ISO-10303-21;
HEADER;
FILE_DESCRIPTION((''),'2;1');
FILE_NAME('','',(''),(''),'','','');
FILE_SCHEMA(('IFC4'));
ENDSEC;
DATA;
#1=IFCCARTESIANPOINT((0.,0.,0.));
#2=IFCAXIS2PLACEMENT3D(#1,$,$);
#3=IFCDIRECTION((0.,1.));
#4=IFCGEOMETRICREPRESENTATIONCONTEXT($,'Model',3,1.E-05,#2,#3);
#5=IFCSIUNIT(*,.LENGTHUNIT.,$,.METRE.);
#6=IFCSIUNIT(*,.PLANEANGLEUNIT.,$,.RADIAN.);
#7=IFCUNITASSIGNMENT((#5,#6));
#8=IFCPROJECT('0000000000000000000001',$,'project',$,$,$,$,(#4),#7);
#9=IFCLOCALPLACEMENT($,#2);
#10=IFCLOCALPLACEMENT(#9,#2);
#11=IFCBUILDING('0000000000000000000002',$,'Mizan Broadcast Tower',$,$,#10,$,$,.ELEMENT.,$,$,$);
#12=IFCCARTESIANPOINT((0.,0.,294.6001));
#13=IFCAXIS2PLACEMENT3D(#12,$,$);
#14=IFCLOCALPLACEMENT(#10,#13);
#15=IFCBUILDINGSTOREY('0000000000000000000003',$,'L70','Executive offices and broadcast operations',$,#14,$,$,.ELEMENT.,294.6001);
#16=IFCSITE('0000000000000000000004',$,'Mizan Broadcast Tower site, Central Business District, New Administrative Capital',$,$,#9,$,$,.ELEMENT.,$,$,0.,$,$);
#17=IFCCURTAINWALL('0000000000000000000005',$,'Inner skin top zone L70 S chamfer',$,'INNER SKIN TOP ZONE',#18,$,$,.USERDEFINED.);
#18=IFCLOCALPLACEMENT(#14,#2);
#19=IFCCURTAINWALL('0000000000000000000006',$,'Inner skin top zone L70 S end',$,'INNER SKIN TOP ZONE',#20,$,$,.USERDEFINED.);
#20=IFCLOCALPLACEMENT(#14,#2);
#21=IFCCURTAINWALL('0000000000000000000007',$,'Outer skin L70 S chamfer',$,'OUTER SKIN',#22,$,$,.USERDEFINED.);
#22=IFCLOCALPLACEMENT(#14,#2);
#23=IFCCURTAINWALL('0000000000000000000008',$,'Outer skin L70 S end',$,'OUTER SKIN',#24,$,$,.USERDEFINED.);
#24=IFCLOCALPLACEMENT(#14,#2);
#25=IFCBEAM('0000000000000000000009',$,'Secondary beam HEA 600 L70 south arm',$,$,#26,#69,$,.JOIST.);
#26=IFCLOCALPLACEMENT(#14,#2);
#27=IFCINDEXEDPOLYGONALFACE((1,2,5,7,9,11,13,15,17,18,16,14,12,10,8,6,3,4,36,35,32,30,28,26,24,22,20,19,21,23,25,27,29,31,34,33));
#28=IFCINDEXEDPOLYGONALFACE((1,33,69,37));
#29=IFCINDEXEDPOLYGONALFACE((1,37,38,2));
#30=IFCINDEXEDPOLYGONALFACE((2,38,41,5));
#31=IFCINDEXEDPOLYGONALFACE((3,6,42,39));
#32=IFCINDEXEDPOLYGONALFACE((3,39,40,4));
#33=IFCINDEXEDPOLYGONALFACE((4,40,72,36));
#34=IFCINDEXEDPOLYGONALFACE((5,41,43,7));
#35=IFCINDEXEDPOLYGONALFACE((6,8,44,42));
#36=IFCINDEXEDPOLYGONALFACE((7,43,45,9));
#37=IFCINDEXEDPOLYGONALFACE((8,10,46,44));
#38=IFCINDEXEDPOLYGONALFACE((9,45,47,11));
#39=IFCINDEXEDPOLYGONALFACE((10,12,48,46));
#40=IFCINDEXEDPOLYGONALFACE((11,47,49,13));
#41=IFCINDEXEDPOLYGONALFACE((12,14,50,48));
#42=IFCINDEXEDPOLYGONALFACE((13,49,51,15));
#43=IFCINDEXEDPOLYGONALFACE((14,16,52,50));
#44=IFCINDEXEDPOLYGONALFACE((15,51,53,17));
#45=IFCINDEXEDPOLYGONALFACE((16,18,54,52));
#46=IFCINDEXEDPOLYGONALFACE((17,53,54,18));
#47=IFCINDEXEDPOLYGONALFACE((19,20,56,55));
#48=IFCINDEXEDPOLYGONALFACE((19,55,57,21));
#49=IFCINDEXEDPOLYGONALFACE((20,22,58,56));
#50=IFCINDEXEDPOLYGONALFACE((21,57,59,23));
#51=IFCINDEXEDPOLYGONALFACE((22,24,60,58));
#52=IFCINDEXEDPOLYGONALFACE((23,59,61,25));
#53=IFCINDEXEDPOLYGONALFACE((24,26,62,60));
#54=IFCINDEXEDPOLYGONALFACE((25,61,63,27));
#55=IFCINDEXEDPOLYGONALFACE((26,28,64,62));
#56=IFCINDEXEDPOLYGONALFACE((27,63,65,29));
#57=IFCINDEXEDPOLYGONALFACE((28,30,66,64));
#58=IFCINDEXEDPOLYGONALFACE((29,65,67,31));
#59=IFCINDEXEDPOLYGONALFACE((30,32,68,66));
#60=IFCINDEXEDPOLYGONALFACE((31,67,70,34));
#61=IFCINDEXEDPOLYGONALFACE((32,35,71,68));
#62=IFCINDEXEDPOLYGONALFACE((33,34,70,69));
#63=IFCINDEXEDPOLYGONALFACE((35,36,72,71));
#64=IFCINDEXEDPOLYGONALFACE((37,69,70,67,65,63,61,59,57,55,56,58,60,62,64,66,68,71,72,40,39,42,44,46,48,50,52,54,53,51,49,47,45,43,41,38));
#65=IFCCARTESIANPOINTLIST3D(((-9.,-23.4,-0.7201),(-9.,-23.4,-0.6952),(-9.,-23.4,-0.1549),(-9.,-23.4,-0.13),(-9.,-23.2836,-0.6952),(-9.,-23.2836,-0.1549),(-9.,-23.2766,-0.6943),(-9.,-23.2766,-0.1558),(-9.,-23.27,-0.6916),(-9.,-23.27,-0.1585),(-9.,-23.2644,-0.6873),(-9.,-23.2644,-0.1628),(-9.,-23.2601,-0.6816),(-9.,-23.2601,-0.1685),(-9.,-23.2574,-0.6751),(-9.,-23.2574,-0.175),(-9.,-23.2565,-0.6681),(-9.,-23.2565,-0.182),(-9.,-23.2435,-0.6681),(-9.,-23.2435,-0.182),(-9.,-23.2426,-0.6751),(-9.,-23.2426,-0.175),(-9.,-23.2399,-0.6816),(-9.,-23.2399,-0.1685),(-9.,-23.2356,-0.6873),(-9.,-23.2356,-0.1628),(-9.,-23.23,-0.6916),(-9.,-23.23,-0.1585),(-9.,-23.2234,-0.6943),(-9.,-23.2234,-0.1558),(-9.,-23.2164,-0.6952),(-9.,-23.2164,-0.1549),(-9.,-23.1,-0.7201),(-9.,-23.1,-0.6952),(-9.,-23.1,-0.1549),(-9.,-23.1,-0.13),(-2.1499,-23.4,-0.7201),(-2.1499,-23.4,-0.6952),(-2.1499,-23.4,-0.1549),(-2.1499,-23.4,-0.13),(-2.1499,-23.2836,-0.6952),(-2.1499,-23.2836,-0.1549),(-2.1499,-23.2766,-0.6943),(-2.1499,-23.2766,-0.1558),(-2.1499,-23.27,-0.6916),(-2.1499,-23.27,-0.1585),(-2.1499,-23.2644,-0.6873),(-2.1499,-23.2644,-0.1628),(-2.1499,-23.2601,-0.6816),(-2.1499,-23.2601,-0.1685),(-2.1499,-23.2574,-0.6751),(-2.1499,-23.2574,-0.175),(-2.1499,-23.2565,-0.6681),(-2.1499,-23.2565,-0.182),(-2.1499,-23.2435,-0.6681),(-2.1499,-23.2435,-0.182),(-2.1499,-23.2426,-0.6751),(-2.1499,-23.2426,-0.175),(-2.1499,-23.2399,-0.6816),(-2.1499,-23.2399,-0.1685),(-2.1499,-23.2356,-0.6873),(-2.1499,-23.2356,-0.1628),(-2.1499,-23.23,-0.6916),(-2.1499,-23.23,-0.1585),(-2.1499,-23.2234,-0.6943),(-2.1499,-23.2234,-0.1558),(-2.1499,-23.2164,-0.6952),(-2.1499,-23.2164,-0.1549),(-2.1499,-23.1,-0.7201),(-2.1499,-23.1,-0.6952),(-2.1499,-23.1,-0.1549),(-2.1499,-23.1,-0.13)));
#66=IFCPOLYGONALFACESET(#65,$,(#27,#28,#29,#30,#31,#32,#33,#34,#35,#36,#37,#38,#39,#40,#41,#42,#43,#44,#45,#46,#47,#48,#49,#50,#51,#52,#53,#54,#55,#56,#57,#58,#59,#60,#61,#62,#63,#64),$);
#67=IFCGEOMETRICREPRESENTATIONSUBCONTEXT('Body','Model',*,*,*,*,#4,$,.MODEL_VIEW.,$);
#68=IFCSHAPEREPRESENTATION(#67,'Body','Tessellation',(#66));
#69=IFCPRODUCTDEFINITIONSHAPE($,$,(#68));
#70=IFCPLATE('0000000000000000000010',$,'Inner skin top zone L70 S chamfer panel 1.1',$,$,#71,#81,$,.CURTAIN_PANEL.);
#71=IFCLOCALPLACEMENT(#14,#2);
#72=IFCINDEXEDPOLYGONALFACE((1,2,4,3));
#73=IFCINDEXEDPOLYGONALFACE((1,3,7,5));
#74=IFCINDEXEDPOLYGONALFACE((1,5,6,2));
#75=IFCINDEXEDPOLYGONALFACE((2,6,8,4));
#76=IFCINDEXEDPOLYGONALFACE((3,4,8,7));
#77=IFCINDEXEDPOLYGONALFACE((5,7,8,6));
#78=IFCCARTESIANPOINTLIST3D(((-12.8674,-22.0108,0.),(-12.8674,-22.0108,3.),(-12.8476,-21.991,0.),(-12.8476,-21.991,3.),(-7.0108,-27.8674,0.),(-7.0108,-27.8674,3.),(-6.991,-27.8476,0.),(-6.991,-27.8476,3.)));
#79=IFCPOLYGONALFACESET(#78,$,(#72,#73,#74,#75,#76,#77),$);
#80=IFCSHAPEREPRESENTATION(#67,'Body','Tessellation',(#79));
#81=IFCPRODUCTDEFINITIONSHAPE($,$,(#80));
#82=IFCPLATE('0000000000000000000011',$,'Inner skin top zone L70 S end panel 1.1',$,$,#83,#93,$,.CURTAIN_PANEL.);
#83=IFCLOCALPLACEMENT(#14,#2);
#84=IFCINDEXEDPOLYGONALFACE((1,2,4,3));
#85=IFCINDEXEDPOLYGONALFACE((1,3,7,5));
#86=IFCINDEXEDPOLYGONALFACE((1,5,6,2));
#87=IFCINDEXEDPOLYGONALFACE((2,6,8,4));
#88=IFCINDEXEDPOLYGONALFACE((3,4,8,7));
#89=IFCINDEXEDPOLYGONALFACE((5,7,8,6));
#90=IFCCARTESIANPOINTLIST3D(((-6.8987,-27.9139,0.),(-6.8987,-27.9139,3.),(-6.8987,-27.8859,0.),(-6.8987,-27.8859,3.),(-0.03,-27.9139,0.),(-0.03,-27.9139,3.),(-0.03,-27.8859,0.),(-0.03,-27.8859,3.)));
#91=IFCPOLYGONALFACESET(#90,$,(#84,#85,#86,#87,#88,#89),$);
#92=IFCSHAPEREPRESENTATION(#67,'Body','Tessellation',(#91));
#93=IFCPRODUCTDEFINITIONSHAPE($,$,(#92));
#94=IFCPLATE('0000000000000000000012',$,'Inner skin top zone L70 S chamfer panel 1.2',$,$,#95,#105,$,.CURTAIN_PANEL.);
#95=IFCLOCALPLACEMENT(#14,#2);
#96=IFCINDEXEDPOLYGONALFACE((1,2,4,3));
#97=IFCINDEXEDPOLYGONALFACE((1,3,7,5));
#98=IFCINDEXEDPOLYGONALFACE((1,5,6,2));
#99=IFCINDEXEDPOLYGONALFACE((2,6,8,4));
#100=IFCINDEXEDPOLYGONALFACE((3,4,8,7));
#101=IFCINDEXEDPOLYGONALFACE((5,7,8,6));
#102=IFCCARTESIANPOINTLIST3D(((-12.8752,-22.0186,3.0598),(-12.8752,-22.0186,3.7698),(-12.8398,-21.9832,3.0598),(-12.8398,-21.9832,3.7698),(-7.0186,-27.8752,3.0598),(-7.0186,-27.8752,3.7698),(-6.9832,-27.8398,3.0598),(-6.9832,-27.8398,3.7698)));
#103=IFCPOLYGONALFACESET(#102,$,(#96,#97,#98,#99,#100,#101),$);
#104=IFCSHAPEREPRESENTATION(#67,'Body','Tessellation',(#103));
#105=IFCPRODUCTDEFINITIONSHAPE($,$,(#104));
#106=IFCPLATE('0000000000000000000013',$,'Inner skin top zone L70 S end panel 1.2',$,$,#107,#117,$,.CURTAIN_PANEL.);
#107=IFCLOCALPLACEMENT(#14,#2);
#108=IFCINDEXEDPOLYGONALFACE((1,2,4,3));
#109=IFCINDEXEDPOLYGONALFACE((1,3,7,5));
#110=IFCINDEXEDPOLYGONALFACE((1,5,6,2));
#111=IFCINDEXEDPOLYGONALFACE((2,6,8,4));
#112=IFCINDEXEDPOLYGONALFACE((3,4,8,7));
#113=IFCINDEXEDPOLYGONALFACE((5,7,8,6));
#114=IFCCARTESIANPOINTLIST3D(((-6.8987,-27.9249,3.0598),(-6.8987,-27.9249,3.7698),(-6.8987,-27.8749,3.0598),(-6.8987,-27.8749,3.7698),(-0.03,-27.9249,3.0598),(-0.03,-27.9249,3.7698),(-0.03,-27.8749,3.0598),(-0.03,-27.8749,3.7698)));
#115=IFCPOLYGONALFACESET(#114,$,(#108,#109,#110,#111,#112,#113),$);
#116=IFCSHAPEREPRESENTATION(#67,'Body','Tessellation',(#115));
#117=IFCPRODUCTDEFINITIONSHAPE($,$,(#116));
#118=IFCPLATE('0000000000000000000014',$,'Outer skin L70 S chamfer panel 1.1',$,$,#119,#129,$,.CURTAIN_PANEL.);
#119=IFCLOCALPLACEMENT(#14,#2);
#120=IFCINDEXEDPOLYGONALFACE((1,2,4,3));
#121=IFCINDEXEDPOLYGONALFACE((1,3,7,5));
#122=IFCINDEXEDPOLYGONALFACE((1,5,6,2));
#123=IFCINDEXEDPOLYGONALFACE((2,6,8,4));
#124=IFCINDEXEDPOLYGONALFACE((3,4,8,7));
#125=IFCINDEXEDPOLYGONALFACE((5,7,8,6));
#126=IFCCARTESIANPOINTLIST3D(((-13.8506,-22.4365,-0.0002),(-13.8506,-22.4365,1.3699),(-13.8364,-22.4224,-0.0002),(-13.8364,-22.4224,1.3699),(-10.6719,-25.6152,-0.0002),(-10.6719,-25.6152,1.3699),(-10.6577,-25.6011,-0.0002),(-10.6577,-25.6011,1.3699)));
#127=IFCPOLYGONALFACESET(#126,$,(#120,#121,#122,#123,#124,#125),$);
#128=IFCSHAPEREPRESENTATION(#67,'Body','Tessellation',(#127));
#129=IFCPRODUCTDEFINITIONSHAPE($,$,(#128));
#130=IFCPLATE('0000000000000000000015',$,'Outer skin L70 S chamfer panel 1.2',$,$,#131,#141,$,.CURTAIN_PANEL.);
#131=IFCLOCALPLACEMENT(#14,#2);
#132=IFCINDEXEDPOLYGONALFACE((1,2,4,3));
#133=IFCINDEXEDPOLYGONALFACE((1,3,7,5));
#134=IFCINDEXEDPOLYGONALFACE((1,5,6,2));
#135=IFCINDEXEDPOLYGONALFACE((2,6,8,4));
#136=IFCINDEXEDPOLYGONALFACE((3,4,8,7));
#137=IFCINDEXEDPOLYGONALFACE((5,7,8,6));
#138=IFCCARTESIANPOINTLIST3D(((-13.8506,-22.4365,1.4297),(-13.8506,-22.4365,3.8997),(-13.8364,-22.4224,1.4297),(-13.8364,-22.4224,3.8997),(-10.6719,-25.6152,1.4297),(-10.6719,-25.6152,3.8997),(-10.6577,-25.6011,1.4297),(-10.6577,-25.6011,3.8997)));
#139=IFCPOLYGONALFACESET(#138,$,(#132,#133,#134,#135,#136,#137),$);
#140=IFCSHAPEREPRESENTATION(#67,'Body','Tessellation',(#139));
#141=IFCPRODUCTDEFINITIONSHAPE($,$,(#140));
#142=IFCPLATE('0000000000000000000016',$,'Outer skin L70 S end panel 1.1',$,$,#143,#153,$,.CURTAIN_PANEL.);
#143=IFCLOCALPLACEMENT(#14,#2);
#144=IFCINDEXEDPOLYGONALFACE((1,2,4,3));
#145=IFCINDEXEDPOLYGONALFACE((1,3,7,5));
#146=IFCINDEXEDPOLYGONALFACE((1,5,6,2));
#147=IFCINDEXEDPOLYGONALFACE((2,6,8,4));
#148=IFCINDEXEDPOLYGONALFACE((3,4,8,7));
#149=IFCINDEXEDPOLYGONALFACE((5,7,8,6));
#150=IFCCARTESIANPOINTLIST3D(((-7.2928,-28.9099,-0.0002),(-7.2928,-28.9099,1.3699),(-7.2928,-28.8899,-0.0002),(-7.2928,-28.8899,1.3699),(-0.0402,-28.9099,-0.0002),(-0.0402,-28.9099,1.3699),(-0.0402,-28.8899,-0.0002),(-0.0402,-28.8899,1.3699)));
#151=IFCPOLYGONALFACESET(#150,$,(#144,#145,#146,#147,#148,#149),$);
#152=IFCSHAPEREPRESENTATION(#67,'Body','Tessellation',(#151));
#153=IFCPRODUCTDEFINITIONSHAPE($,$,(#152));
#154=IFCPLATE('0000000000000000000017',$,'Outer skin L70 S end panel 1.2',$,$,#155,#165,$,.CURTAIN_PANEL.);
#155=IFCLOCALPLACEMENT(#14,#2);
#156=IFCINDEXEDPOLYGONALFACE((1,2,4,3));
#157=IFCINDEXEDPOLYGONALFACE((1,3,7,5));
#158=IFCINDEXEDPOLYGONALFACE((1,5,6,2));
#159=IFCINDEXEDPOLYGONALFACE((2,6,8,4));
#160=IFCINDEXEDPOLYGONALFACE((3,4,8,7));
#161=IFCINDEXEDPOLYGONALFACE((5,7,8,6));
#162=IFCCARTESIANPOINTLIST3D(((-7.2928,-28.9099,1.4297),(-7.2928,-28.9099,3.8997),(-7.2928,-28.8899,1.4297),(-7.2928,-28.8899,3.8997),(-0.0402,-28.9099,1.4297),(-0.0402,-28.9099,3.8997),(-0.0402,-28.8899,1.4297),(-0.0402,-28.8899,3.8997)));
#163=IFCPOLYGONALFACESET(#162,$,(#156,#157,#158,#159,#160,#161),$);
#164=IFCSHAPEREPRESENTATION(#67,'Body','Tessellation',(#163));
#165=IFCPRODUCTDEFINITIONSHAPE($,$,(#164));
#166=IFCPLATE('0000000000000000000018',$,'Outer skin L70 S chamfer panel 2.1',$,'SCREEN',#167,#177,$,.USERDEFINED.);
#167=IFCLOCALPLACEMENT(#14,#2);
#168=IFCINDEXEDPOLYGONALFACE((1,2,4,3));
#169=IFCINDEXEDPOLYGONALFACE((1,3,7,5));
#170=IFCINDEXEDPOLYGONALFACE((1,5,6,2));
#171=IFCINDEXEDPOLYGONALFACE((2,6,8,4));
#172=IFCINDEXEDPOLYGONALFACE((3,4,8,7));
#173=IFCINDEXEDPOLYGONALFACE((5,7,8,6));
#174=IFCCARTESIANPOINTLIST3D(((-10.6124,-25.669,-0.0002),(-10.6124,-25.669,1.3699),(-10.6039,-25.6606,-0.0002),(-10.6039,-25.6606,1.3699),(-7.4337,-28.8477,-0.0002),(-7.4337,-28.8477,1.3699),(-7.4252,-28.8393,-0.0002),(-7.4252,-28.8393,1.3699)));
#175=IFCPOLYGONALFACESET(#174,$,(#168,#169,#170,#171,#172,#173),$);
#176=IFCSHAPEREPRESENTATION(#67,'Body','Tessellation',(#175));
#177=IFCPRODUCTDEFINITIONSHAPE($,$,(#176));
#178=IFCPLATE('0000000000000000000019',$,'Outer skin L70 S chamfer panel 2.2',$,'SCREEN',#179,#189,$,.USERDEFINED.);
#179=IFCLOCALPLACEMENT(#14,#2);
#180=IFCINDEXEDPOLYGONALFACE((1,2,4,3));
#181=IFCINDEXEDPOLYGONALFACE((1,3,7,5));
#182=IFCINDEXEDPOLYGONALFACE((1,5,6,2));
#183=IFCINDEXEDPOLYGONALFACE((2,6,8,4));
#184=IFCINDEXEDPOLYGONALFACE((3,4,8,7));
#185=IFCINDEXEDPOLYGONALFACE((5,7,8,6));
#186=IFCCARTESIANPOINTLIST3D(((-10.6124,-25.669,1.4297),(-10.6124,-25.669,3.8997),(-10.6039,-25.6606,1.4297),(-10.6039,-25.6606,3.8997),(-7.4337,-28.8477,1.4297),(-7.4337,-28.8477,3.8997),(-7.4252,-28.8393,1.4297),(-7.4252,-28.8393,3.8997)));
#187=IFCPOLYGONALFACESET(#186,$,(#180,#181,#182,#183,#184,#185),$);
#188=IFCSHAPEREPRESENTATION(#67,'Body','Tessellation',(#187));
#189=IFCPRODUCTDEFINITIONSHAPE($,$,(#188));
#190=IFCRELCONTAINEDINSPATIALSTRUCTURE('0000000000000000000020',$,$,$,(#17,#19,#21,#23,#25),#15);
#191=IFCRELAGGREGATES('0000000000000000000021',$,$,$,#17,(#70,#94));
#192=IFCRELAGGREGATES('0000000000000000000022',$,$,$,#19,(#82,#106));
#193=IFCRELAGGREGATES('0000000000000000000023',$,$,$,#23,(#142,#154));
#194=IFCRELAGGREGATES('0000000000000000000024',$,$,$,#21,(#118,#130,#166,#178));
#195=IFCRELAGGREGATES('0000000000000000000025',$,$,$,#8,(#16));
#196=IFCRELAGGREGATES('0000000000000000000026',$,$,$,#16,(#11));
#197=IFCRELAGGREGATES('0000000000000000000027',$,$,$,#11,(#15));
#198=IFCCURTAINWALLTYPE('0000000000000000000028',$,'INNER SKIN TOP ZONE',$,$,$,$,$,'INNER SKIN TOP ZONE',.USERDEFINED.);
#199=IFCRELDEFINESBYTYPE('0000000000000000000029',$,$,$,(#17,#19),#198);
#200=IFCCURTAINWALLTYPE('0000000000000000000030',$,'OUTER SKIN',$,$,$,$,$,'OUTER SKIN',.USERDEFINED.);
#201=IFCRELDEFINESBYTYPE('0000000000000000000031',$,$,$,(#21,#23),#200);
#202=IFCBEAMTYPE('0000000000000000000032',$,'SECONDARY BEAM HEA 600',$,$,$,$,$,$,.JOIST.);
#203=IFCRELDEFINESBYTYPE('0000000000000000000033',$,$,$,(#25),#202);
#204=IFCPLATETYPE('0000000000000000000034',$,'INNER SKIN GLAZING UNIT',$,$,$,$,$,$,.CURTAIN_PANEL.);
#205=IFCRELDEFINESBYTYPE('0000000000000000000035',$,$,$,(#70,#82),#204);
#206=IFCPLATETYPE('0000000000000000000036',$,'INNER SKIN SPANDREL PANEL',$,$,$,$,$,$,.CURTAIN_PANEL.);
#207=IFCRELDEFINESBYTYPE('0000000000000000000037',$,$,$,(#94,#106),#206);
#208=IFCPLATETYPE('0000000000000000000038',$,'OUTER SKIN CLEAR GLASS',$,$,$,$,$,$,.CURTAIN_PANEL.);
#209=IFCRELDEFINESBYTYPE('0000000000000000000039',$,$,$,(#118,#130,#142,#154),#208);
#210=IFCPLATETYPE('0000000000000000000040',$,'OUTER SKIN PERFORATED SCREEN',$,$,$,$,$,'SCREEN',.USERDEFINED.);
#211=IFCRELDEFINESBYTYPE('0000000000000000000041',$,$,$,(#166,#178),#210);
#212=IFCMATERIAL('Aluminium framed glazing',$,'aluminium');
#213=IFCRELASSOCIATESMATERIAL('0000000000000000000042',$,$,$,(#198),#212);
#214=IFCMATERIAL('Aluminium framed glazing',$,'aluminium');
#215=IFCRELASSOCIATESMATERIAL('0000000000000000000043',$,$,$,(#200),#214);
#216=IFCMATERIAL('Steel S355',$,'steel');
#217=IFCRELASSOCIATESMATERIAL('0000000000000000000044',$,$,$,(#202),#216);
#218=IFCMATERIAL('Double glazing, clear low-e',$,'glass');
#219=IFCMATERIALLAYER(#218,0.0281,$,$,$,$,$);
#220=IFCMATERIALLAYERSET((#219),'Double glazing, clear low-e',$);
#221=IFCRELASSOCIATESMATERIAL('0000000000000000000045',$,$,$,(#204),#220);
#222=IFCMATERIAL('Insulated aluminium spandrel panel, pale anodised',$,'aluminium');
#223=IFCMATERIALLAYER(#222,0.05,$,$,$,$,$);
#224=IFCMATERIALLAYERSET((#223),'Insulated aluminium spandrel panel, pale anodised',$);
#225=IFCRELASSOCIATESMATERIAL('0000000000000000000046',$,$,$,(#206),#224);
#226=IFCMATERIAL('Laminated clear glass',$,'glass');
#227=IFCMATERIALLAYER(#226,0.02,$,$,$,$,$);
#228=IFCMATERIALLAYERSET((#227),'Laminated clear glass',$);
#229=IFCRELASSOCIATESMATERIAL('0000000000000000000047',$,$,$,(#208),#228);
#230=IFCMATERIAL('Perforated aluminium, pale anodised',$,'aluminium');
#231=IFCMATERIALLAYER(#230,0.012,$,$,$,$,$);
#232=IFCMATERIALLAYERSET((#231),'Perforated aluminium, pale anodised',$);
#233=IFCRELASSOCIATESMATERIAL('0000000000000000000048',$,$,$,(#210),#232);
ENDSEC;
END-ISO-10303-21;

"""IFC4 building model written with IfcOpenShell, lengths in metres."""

from ifc_helpers import new_model, si_unit, direction, frame, origin, origin_2d, place, context, subcontext, project, spatial, rectangle, i_section, extrude, material, layer, layer_set, material_profile, profile_set, type_object, element, aggregate, save


model = new_model("IFC4")

# Units and contexts
model_context = context("Model", 3, precision=1e-05, world=origin(), true_north=direction((0.0, 1.0)))
body_context = subcontext(model_context, "Body", "Model", "MODEL_VIEW")
ifc_project = project(units=[si_unit("LENGTHUNIT", "METRE"), si_unit("PLANEANGLEUNIT", "RADIAN")], contexts=[model_context])

# Site, building, storey
site_placement = place(None, origin())
site = spatial("IfcSite", under=ifc_project, at=site_placement, Name="Mizan Broadcast Tower site, Central Business District, New Administrative Capital", CompositionType="ELEMENT", RefElevation=0.0)
building_placement = place(site_placement, origin())
building = spatial("IfcBuilding", under=site, at=building_placement, Name="Mizan Broadcast Tower", CompositionType="ELEMENT")
storey_placement = place(building_placement, frame((0.0, 0.0, 294.6001)))
storey = spatial("IfcBuildingStorey", under=building, at=storey_placement, Name="L70", Description="Executive offices and broadcast operations", CompositionType="ELEMENT", Elevation=294.6001)

# Curtain walls
ifc_material_1 = material(Name="Aluminium framed glazing", Category="aluminium")
curtain_wall_type_1 = type_object("IfcCurtainWallType", Name="INNER SKIN TOP ZONE", ElementType="INNER SKIN TOP ZONE", PredefinedType="USERDEFINED", material=ifc_material_1)
curtain_wall_1_placement = place(storey_placement, origin())
curtain_wall_1 = element("IfcCurtainWall", 1, at=curtain_wall_1_placement, inside=storey, type_object=curtain_wall_type_1, Name="Inner skin top zone L70 S chamfer", ObjectType="INNER SKIN TOP ZONE", PredefinedType="USERDEFINED")
curtain_wall_2_placement = place(storey_placement, origin())
curtain_wall_2 = element("IfcCurtainWall", 2, at=curtain_wall_2_placement, inside=storey, type_object=curtain_wall_type_1, Name="Inner skin top zone L70 S end", ObjectType="INNER SKIN TOP ZONE", PredefinedType="USERDEFINED")

# Curtain wall
ifc_material_2 = material(Name="Aluminium framed glazing", Category="aluminium")
curtain_wall_type_2 = type_object("IfcCurtainWallType", Name="OUTER SKIN", ElementType="OUTER SKIN", PredefinedType="USERDEFINED", material=ifc_material_2)
curtain_wall_3_placement = place(storey_placement, origin())
curtain_wall_3 = element("IfcCurtainWall", 3, at=curtain_wall_3_placement, inside=storey, type_object=curtain_wall_type_2, Name="Outer skin L70 S chamfer", ObjectType="OUTER SKIN", PredefinedType="USERDEFINED")

# Curtain wall
curtain_wall_4_placement = place(storey_placement, origin())
curtain_wall_4 = element("IfcCurtainWall", 4, at=curtain_wall_4_placement, inside=storey, type_object=curtain_wall_type_2, Name="Outer skin L70 S end", ObjectType="OUTER SKIN", PredefinedType="USERDEFINED")

# Beam
ifc_material_3 = material(Name="Steel S355", Category="steel")
ifc_material_profile_1 = material_profile(ifc_material_3, i_section(OverallWidth=0.3, OverallDepth=0.5901, WebThickness=0.0129, FlangeThickness=0.0249, FilletRadius=0.0271, at=origin_2d()), Name="HEA 600")
ifc_profile_set_1 = profile_set([ifc_material_profile_1], Name="Steel S355")
beam_type_1 = type_object("IfcBeamType", Name="SECONDARY BEAM HEA 600", PredefinedType="JOIST", material=ifc_profile_set_1)
beam_1_placement = place(storey_placement, frame((-9.0, -23.25, -0.425), z_axis=(1.0, 0.0, 0.0), x_axis=(0.0, 1.0, 0.0)))
element("IfcBeam", 5, at=beam_1_placement, inside=storey, type_object=beam_type_1, Name="Secondary beam HEA 600 L70 south arm", PredefinedType="JOIST", context=body_context, shape_type="SweptSolid", body=[
    extrude(i_section(OverallWidth=0.3, OverallDepth=0.5901, WebThickness=0.0129, FlangeThickness=0.0249, FilletRadius=0.0271, at=origin_2d()), origin(), (0.0, 0.0, 1.0), 6.8501),
])

# Plates
ifc_material_4 = material(Name="Double glazing, clear low-e", Category="glass")
ifc_layer_1 = layer(ifc_material_4, 0.0281)
ifc_layer_set_1 = layer_set([ifc_layer_1], Name="Double glazing, clear low-e")
plate_type_1 = type_object("IfcPlateType", Name="INNER SKIN GLAZING UNIT", PredefinedType="CURTAIN_PANEL", material=ifc_layer_set_1)
plate_1_placement = place(storey_placement, frame((-9.9292, -24.9292, 0.0), z_axis=(0.0, 0.0, 1.0), x_axis=(0.707107, -0.707107, 0.0)))
plate_1 = element("IfcPlate", 6, at=plate_1_placement, type_object=plate_type_1, Name="Inner skin top zone L70 S chamfer panel 1.1", PredefinedType="CURTAIN_PANEL", context=body_context, shape_type="SweptSolid", body=[
    extrude(rectangle(XDim=8.2825, YDim=0.0281, at=origin_2d()), origin(), (0.0, 0.0, 1.0), 3.0),
])
plate_2_placement = place(storey_placement, frame((-3.4644, -27.8999, 0.0), z_axis=(0.0, 0.0, 1.0), x_axis=(1.0, 0.0, 0.0)))
plate_2 = element("IfcPlate", 7, at=plate_2_placement, type_object=plate_type_1, Name="Inner skin top zone L70 S end panel 1.1", PredefinedType="CURTAIN_PANEL", context=body_context, shape_type="SweptSolid", body=[
    extrude(rectangle(XDim=6.8687, YDim=0.0281, at=origin_2d()), origin(), (0.0, 0.0, 1.0), 3.0),
])
ifc_material_5 = material(Name="Insulated aluminium spandrel panel, pale anodised", Category="aluminium")
ifc_layer_2 = layer(ifc_material_5, 0.05)
ifc_layer_set_2 = layer_set([ifc_layer_2], Name="Insulated aluminium spandrel panel, pale anodised")
plate_type_2 = type_object("IfcPlateType", Name="INNER SKIN SPANDREL PANEL", PredefinedType="CURTAIN_PANEL", material=ifc_layer_set_2)
plate_3_placement = place(storey_placement, frame((-9.9292, -24.9292, 3.0598), z_axis=(0.0, 0.0, 1.0), x_axis=(0.707107, -0.707107, 0.0)))
plate_3 = element("IfcPlate", 8, at=plate_3_placement, type_object=plate_type_2, Name="Inner skin top zone L70 S chamfer panel 1.2", PredefinedType="CURTAIN_PANEL", context=body_context, shape_type="SweptSolid", body=[
    extrude(rectangle(XDim=8.2825, YDim=0.05, at=origin_2d()), origin(), (0.0, 0.0, 1.0), 0.71),
])
aggregate(curtain_wall_1, [plate_1, plate_3])
plate_4_placement = place(storey_placement, frame((-3.4644, -27.8999, 3.0598), z_axis=(0.0, 0.0, 1.0), x_axis=(1.0, 0.0, 0.0)))
plate_4 = element("IfcPlate", 9, at=plate_4_placement, type_object=plate_type_2, Name="Inner skin top zone L70 S end panel 1.2", PredefinedType="CURTAIN_PANEL", context=body_context, shape_type="SweptSolid", body=[
    extrude(rectangle(XDim=6.8687, YDim=0.05, at=origin_2d()), origin(), (0.0, 0.0, 1.0), 0.71),
])
aggregate(curtain_wall_2, [plate_2, plate_4])
ifc_material_6 = material(Name="Laminated clear glass", Category="glass")
ifc_layer_3 = layer(ifc_material_6, 0.02)
ifc_layer_set_3 = layer_set([ifc_layer_3], Name="Laminated clear glass")
plate_type_3 = type_object("IfcPlateType", Name="OUTER SKIN CLEAR GLASS", PredefinedType="CURTAIN_PANEL", material=ifc_layer_set_3)
plate_5_placement = place(storey_placement, frame((-12.2542, -24.0188, -0.0002), z_axis=(0.0, 0.0, 1.0), x_axis=(0.707107, -0.707107, 0.0)))
plate_5 = element("IfcPlate", 10, at=plate_5_placement, type_object=plate_type_3, Name="Outer skin L70 S chamfer panel 1.1", PredefinedType="CURTAIN_PANEL", context=body_context, shape_type="SweptSolid", body=[
    extrude(rectangle(XDim=4.4954, YDim=0.02, at=origin_2d()), origin(), (0.0, 0.0, 1.0), 1.3701),
])
plate_6_placement = place(storey_placement, frame((-12.2542, -24.0188, 1.4297), z_axis=(0.0, 0.0, 1.0), x_axis=(0.707107, -0.707107, 0.0)))
plate_6 = element("IfcPlate", 11, at=plate_6_placement, type_object=plate_type_3, Name="Outer skin L70 S chamfer panel 1.2", PredefinedType="CURTAIN_PANEL", context=body_context, shape_type="SweptSolid", body=[
    extrude(rectangle(XDim=4.4954, YDim=0.02, at=origin_2d()), origin(), (0.0, 0.0, 1.0), 2.47),
])
plate_7_placement = place(storey_placement, frame((-3.6665, -28.8999, -0.0002), z_axis=(0.0, 0.0, 1.0), x_axis=(1.0, 0.0, 0.0)))
plate_7 = element("IfcPlate", 12, at=plate_7_placement, type_object=plate_type_3, Name="Outer skin L70 S end panel 1.1", PredefinedType="CURTAIN_PANEL", context=body_context, shape_type="SweptSolid", body=[
    extrude(rectangle(XDim=7.2527, YDim=0.02, at=origin_2d()), origin(), (0.0, 0.0, 1.0), 1.3701),
])
plate_8_placement = place(storey_placement, frame((-3.6665, -28.8999, 1.4297), z_axis=(0.0, 0.0, 1.0), x_axis=(1.0, 0.0, 0.0)))
plate_8 = element("IfcPlate", 13, at=plate_8_placement, type_object=plate_type_3, Name="Outer skin L70 S end panel 1.2", PredefinedType="CURTAIN_PANEL", context=body_context, shape_type="SweptSolid", body=[
    extrude(rectangle(XDim=7.2527, YDim=0.02, at=origin_2d()), origin(), (0.0, 0.0, 1.0), 2.47),
])
aggregate(curtain_wall_4, [plate_7, plate_8])
ifc_material_7 = material(Name="Perforated aluminium, pale anodised", Category="aluminium")
ifc_layer_4 = layer(ifc_material_7, 0.012)
ifc_layer_set_4 = layer_set([ifc_layer_4], Name="Perforated aluminium, pale anodised")
plate_type_4 = type_object("IfcPlateType", Name="OUTER SKIN PERFORATED SCREEN", ElementType="SCREEN", PredefinedType="USERDEFINED", material=ifc_layer_set_4)
plate_9_placement = place(storey_placement, frame((-9.0188, -27.2542, -0.0002), z_axis=(0.0, 0.0, 1.0), x_axis=(0.707107, -0.707107, 0.0)))
plate_9 = element("IfcPlate", 14, at=plate_9_placement, type_object=plate_type_4, Name="Outer skin L70 S chamfer panel 2.1", ObjectType="SCREEN", PredefinedType="USERDEFINED", context=body_context, shape_type="SweptSolid", body=[
    extrude(rectangle(XDim=4.4954, YDim=0.012, at=origin_2d()), origin(), (0.0, 0.0, 1.0), 1.3701),
])
plate_10_placement = place(storey_placement, frame((-9.0188, -27.2542, 1.4297), z_axis=(0.0, 0.0, 1.0), x_axis=(0.707107, -0.707107, 0.0)))
plate_10 = element("IfcPlate", 15, at=plate_10_placement, type_object=plate_type_4, Name="Outer skin L70 S chamfer panel 2.2", ObjectType="SCREEN", PredefinedType="USERDEFINED", context=body_context, shape_type="SweptSolid", body=[
    extrude(rectangle(XDim=4.4954, YDim=0.012, at=origin_2d()), origin(), (0.0, 0.0, 1.0), 2.47),
])
aggregate(curtain_wall_3, [plate_5, plate_6, plate_9, plate_10])

save(model, "model.ifc")
